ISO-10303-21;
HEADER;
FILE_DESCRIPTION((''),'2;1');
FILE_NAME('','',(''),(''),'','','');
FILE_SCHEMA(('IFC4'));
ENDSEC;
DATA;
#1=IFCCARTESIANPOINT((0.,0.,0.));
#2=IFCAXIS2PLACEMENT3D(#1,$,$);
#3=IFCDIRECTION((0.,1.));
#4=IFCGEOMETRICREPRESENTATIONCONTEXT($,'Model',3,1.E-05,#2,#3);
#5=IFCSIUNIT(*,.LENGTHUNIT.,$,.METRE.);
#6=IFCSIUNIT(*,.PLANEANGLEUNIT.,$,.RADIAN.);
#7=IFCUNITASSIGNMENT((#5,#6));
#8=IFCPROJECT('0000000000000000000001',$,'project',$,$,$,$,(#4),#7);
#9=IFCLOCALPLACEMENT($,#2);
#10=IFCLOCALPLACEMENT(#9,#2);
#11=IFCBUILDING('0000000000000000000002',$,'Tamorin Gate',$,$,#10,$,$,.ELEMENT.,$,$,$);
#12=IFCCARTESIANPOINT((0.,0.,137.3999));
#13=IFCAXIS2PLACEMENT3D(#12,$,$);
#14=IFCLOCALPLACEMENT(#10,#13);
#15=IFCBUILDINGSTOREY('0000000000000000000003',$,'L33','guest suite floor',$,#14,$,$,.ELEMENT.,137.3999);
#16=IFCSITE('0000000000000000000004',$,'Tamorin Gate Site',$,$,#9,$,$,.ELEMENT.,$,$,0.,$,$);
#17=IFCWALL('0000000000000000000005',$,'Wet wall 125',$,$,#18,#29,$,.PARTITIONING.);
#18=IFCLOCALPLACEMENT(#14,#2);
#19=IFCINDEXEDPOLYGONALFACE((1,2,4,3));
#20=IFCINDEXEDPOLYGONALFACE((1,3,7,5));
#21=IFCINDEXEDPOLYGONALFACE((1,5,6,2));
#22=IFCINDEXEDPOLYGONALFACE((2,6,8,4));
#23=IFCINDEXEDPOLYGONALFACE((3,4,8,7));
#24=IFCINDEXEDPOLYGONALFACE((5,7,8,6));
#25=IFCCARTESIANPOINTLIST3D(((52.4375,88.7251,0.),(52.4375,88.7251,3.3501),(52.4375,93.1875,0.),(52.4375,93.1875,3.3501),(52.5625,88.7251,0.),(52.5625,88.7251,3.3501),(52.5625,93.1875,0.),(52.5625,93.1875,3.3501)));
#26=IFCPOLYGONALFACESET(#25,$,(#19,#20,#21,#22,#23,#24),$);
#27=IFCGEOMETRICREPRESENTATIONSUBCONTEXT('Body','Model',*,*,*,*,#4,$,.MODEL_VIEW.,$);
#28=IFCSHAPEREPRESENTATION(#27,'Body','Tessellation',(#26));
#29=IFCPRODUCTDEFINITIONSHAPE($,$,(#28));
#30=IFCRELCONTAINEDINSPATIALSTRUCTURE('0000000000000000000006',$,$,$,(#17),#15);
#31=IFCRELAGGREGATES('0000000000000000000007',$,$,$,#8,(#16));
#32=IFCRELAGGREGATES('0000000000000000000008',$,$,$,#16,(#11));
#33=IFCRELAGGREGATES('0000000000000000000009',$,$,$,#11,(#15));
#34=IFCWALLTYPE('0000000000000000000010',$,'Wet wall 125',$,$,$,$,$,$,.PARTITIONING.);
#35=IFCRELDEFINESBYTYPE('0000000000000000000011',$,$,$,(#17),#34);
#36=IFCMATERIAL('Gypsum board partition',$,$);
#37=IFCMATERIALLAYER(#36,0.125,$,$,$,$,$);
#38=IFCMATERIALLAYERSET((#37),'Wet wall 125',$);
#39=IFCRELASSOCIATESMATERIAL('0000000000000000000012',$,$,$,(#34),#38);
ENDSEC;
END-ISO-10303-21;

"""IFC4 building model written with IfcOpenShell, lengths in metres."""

from ifc_helpers import new_model, si_unit, direction, frame, frame_2d, origin, place, context, subcontext, project, spatial, rectangle, extrude, material, layer, layer_set, type_object, element, save


model = new_model("IFC4")

# Units and contexts
model_context = context("Model", 3, precision=1e-05, world=origin(), true_north=direction((0.0, 1.0)))
body_context = subcontext(model_context, "Body", "Model", "MODEL_VIEW")
ifc_project = project(units=[si_unit("LENGTHUNIT", "METRE"), si_unit("PLANEANGLEUNIT", "RADIAN")], contexts=[model_context])

# Site, building, storey
site_placement = place(None, origin())
site = spatial("IfcSite", under=ifc_project, at=site_placement, Name="Tamorin Gate Site", CompositionType="ELEMENT", RefElevation=0.0)
building_placement = place(site_placement, origin())
building = spatial("IfcBuilding", under=site, at=building_placement, Name="Tamorin Gate", CompositionType="ELEMENT")
storey_placement = place(building_placement, frame((0.0, 0.0, 137.3999)))
storey = spatial("IfcBuildingStorey", under=building, at=storey_placement, Name="L33", Description="guest suite floor", CompositionType="ELEMENT", Elevation=137.3999)

# Shared definitions
ifc_material_1 = material(Name="Gypsum board partition")

# Shared definitions
ifc_layer_1 = layer(ifc_material_1, 0.125)
ifc_layer_set_1 = layer_set([ifc_layer_1], Name="Wet wall 125")
wall_type_1 = type_object("IfcWallType", Name="Wet wall 125", PredefinedType="PARTITIONING", material=ifc_layer_set_1)

# Wall
wall_1_placement = place(storey_placement, frame((52.5, 88.7251, 0.0), z_axis=(0.0, 0.0, 1.0), x_axis=(0.0, 1.0, 0.0)))
element("IfcWall", 1, at=wall_1_placement, inside=storey, type_object=wall_type_1, Name="Wet wall 125", PredefinedType="PARTITIONING", context=body_context, shape_type="SweptSolid", body=[
    extrude(rectangle(XDim=4.4624, YDim=0.125, at=frame_2d((2.2312, 0.0))), origin(), (0.0, 0.0, 1.0), 3.3501),
])

save(model, "model.ifc")
